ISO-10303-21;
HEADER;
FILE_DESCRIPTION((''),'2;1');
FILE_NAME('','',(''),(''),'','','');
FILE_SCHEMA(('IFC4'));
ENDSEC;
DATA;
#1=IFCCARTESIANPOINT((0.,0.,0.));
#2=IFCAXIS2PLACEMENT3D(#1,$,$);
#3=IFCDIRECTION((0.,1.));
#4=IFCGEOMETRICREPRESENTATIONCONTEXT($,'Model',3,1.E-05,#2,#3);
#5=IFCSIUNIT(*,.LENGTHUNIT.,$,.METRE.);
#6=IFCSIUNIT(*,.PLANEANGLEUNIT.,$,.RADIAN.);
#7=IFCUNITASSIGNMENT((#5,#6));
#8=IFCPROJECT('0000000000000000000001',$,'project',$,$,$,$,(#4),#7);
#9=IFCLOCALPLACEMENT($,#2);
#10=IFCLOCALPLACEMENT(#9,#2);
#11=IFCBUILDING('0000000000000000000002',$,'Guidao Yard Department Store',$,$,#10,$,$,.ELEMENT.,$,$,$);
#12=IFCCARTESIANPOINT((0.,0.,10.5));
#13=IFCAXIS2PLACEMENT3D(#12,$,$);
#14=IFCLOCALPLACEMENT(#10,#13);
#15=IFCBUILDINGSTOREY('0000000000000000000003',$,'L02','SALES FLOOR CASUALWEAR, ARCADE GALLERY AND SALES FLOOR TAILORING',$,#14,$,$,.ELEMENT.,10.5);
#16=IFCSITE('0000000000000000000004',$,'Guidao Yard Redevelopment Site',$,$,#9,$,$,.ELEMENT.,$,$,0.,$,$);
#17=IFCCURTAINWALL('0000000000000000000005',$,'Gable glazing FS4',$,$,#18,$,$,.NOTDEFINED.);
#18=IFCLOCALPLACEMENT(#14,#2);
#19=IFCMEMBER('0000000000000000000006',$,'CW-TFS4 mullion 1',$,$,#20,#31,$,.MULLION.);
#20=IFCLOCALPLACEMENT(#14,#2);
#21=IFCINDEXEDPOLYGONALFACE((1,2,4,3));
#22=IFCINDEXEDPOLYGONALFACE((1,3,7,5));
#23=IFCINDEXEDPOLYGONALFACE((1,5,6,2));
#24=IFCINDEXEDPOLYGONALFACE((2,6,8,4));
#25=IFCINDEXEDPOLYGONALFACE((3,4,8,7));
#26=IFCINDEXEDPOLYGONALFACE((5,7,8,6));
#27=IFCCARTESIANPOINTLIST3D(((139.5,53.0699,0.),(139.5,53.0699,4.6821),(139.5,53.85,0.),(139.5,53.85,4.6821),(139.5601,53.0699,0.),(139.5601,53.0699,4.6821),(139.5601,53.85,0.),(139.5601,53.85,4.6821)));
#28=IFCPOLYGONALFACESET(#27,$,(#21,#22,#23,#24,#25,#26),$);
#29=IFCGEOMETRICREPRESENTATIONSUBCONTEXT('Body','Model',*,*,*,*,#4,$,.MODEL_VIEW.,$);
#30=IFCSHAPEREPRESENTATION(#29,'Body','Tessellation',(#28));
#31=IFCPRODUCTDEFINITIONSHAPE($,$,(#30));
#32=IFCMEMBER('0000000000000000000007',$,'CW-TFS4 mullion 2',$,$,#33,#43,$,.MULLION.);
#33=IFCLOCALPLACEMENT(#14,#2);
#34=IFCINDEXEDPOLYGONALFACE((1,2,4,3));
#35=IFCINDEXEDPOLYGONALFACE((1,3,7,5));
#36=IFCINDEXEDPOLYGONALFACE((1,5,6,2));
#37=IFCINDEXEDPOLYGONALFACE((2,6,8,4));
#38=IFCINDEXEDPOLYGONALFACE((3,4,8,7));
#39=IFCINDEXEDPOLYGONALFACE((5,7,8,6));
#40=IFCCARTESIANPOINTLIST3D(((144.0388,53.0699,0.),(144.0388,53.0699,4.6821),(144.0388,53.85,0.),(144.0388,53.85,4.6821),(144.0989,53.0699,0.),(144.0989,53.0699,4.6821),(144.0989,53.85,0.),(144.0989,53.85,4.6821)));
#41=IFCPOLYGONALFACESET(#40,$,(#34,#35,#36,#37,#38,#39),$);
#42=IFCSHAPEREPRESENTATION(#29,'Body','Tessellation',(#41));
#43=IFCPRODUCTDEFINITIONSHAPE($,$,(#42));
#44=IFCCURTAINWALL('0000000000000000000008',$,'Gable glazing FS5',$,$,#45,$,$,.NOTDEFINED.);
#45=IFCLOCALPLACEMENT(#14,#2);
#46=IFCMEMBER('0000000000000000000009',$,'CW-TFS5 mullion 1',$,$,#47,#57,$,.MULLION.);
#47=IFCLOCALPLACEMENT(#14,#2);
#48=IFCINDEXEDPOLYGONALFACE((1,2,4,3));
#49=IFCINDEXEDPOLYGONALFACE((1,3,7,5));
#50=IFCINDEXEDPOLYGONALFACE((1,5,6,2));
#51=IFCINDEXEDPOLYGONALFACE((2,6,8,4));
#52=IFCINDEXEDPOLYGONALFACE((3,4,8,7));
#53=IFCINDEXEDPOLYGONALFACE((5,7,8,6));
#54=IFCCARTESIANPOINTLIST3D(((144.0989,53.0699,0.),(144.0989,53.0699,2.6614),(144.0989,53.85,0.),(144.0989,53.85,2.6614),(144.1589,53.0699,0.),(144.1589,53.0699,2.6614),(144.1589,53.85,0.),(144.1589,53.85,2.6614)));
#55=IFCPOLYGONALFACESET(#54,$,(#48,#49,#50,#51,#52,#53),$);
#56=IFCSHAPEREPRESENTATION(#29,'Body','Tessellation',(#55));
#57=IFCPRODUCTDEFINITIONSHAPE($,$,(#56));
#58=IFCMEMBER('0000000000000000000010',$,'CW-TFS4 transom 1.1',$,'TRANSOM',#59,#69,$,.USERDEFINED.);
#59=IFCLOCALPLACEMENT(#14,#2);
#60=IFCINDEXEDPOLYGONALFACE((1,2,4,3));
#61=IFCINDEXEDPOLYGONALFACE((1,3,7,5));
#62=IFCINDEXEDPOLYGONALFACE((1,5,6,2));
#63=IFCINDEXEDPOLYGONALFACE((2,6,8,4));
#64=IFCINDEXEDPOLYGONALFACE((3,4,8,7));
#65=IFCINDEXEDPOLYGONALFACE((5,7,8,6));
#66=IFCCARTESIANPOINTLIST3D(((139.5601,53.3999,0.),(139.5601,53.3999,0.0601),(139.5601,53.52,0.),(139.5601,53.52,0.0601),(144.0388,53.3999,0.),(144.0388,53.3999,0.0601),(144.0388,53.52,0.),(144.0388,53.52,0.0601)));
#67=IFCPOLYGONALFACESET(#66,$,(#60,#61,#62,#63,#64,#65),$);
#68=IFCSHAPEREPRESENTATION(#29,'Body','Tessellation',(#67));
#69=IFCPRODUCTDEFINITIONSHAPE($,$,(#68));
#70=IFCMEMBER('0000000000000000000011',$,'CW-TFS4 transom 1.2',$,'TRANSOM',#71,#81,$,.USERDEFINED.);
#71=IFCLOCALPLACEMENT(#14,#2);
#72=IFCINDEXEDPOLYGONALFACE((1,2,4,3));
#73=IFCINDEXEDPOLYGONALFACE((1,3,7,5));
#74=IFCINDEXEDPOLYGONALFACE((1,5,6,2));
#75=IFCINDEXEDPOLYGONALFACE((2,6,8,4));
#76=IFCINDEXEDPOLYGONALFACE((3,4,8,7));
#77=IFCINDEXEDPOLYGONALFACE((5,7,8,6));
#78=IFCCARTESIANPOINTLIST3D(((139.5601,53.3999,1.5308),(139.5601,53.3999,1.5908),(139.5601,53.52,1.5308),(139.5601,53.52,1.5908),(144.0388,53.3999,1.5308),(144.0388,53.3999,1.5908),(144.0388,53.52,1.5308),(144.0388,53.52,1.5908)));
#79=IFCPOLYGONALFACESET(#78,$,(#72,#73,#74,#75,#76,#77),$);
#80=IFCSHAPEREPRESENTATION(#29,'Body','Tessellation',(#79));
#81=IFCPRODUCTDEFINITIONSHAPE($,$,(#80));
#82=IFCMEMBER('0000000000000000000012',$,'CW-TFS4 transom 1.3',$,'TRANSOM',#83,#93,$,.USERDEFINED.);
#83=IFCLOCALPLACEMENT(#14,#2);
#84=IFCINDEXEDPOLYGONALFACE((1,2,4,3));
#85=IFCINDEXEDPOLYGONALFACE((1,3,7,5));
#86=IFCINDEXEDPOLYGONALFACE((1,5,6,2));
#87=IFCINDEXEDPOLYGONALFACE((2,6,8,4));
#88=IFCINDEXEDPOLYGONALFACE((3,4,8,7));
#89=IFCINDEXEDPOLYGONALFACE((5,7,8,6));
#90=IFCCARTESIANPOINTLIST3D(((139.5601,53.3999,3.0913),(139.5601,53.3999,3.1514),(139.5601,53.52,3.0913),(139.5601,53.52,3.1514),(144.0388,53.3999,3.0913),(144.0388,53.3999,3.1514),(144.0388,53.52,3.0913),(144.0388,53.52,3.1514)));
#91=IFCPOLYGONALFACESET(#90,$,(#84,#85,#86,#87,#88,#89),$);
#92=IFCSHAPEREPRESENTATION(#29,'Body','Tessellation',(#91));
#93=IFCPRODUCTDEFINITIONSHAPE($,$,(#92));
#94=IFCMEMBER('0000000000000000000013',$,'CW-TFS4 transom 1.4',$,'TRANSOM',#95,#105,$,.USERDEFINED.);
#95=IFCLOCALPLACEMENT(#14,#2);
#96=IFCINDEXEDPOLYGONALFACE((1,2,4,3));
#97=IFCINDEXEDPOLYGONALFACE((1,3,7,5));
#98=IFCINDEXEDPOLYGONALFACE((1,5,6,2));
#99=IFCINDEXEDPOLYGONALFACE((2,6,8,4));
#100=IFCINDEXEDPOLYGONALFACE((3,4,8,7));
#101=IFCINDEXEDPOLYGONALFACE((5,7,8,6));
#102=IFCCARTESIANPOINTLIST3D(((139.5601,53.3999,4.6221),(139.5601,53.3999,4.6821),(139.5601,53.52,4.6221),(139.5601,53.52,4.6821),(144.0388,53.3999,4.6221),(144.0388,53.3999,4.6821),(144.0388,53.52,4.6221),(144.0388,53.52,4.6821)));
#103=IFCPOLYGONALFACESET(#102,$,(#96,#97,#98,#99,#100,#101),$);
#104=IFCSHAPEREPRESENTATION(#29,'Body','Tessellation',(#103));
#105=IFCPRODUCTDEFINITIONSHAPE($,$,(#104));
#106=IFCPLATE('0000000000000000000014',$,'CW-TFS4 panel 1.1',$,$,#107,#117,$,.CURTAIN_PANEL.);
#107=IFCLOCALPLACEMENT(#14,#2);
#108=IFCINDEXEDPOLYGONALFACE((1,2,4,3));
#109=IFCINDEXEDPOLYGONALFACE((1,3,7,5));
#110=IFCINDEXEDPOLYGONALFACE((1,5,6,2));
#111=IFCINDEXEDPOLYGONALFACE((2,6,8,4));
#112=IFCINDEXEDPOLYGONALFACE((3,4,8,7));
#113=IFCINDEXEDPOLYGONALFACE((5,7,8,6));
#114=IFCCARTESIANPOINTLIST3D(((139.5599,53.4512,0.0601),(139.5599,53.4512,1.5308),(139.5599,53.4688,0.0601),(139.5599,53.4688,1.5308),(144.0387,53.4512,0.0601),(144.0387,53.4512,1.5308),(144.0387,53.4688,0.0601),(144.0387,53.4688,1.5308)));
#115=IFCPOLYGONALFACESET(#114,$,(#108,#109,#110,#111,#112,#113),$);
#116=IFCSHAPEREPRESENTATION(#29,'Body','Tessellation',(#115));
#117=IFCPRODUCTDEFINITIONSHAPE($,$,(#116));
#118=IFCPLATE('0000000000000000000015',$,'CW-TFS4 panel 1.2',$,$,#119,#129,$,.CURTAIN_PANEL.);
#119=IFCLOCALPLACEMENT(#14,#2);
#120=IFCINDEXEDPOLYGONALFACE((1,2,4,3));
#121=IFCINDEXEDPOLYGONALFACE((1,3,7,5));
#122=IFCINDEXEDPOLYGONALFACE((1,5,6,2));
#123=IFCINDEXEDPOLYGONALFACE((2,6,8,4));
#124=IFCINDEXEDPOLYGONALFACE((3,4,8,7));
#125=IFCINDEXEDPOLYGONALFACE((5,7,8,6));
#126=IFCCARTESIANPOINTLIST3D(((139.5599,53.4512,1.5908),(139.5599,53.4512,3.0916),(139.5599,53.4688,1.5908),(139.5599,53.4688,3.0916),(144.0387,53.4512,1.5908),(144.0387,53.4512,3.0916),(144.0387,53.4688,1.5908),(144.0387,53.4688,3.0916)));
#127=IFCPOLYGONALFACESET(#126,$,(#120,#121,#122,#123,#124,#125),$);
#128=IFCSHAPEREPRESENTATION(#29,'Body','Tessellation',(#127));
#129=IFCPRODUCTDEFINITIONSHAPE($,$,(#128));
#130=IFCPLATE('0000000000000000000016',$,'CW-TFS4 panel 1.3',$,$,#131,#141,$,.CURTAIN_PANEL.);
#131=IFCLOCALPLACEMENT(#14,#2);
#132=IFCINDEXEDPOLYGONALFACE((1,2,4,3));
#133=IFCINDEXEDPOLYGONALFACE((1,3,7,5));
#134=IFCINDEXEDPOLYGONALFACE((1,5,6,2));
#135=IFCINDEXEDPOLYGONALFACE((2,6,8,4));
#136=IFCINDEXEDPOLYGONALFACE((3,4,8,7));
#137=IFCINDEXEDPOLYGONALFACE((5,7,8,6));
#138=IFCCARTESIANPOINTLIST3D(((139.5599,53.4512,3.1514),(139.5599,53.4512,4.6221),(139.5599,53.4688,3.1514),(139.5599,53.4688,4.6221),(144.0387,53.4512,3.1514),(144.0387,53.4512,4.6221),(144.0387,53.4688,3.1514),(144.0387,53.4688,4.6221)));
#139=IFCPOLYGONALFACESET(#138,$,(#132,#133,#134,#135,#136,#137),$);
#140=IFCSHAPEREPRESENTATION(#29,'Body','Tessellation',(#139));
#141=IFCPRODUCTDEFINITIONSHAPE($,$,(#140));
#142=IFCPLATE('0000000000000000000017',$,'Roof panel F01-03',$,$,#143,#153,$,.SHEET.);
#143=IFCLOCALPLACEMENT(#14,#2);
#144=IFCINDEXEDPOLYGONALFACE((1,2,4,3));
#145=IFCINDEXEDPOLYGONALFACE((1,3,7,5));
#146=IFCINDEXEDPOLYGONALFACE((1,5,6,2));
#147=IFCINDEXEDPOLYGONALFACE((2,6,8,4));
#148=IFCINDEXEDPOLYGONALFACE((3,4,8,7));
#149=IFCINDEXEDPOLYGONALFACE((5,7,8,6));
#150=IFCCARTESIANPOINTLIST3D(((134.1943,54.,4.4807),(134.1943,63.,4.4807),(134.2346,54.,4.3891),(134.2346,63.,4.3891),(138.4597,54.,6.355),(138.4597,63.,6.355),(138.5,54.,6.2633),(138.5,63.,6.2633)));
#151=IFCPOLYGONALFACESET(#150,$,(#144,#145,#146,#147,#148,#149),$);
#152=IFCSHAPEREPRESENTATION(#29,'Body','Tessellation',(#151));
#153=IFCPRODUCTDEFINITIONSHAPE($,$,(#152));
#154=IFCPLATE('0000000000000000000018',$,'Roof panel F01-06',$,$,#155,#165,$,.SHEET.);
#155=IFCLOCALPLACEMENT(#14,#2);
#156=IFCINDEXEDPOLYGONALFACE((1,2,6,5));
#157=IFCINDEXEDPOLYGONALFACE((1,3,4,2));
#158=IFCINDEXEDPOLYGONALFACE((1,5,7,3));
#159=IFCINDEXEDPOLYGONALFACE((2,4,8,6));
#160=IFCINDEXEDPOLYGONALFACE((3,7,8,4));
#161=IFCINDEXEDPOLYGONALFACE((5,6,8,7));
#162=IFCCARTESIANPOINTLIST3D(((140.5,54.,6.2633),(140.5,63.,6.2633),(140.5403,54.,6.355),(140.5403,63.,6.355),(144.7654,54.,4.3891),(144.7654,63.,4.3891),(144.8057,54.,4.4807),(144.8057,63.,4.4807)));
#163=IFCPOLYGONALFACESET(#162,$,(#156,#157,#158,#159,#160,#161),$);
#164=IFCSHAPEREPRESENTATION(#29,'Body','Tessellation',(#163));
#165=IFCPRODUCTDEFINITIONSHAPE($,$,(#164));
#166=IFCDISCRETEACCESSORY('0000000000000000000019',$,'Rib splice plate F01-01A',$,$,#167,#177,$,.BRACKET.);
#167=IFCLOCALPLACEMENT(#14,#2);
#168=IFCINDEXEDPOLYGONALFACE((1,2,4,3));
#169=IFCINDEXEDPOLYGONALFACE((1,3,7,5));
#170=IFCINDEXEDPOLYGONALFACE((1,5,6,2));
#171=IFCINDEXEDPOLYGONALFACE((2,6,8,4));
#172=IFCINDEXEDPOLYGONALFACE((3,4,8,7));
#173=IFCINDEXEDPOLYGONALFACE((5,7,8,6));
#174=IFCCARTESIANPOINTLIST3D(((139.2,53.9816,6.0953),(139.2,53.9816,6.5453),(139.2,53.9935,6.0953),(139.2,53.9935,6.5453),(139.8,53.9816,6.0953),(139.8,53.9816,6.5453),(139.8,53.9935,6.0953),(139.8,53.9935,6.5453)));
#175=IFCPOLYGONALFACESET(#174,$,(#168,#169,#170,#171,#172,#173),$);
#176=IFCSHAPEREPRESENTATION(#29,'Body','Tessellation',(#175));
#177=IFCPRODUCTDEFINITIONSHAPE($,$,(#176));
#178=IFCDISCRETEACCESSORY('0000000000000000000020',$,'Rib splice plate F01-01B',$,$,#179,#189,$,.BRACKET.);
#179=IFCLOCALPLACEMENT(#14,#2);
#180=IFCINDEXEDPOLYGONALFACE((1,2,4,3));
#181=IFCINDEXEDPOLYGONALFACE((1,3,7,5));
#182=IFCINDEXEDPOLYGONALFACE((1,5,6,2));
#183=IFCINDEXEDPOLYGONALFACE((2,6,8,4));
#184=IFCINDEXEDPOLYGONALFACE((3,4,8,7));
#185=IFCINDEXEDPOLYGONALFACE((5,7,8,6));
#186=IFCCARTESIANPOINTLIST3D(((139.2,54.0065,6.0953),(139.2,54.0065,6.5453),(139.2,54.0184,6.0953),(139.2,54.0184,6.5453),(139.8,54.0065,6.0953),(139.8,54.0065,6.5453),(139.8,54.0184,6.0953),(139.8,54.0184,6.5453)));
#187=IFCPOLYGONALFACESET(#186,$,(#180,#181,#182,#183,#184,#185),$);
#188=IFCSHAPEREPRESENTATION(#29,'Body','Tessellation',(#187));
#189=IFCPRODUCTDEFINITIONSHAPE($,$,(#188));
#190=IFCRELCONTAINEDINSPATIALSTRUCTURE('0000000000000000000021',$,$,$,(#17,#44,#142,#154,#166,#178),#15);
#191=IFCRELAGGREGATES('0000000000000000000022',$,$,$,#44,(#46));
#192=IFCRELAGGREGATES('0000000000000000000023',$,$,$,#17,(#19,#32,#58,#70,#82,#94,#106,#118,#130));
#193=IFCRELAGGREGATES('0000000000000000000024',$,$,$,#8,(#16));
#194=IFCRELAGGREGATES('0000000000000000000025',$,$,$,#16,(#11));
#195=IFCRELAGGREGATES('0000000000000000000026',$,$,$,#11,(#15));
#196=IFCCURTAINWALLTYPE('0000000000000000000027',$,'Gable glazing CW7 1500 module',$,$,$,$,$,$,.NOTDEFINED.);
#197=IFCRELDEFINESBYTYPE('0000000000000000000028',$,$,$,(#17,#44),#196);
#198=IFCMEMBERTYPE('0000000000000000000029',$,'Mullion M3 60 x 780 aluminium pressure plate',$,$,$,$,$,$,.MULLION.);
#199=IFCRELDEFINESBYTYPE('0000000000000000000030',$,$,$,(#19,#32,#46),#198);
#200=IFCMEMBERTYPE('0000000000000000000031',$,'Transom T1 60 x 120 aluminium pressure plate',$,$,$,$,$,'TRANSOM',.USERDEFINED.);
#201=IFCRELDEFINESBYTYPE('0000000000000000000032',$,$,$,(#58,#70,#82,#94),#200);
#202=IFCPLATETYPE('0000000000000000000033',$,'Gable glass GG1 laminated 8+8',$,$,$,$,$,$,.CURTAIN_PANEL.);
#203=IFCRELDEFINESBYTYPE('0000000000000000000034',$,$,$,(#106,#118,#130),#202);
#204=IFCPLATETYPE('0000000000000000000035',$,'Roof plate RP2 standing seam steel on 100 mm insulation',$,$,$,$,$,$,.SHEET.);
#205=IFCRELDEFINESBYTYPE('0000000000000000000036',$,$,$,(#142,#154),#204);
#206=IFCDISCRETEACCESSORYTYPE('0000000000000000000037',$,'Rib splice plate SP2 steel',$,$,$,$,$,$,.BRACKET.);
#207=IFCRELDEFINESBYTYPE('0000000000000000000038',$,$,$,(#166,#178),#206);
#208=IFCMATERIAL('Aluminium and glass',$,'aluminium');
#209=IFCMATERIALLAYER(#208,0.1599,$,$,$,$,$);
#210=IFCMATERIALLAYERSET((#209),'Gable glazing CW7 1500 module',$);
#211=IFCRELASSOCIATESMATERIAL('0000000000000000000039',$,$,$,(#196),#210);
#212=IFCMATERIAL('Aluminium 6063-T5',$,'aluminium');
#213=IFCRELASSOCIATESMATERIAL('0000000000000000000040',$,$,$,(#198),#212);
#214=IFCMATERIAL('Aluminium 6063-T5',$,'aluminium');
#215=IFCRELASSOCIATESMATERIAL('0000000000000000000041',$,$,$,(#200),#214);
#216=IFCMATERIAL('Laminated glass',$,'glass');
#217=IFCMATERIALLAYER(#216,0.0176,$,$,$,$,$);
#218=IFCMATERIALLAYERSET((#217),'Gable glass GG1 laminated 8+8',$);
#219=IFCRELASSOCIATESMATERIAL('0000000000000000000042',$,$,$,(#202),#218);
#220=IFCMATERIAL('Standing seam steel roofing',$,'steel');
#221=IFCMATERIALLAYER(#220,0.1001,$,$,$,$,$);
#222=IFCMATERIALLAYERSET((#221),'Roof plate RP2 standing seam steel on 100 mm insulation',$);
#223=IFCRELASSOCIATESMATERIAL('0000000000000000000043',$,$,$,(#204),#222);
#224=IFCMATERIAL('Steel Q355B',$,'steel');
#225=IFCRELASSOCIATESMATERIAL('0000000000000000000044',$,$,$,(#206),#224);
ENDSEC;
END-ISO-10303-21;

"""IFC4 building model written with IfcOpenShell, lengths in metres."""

from ifc_helpers import new_model, si_unit, direction, frame, origin, origin_2d, place, context, subcontext, project, spatial, polyline, rectangle, outline, extrude, material, layer, layer_set, material_profile, profile_set, type_object, element, aggregate, save


model = new_model("IFC4")

# Units and contexts
model_context = context("Model", 3, precision=1e-05, world=origin(), true_north=direction((0.0, 1.0)))
body_context = subcontext(model_context, "Body", "Model", "MODEL_VIEW")
ifc_project = project(units=[si_unit("LENGTHUNIT", "METRE"), si_unit("PLANEANGLEUNIT", "RADIAN")], contexts=[model_context])

# Site, building, storey
site_placement = place(None, origin())
site = spatial("IfcSite", under=ifc_project, at=site_placement, Name="Guidao Yard Redevelopment Site", CompositionType="ELEMENT", RefElevation=0.0)
building_placement = place(site_placement, origin())
building = spatial("IfcBuilding", under=site, at=building_placement, Name="Guidao Yard Department Store", CompositionType="ELEMENT")
storey_placement = place(building_placement, frame((0.0, 0.0, 10.5)))
storey = spatial("IfcBuildingStorey", under=building, at=storey_placement, Name="L02", Description="SALES FLOOR CASUALWEAR, ARCADE GALLERY AND SALES FLOOR TAILORING", CompositionType="ELEMENT", Elevation=10.5)

# Curtain wall, members
ifc_material_1 = material(Name="Aluminium and glass", Category="aluminium")
ifc_layer_1 = layer(ifc_material_1, 0.1599)
ifc_layer_set_1 = layer_set([ifc_layer_1], Name="Gable glazing CW7 1500 module")
curtain_wall_type = type_object("IfcCurtainWallType", Name="Gable glazing CW7 1500 module", PredefinedType="NOTDEFINED", material=ifc_layer_set_1)
curtain_wall_1_placement = place(storey_placement, origin())
curtain_wall_1 = element("IfcCurtainWall", 1, at=curtain_wall_1_placement, inside=storey, type_object=curtain_wall_type, Name="Gable glazing FS4", PredefinedType="NOTDEFINED")
ifc_material_2 = material(Name="Aluminium 6063-T5", Category="aluminium")
ifc_material_profile_1 = material_profile(ifc_material_2, rectangle(XDim=0.0601, YDim=0.78, at=origin_2d()), Name="Mullion M3 60 x 780 aluminium pressure plate")
ifc_profile_set_1 = profile_set([ifc_material_profile_1], Name="Aluminium 6063-T5")
member_type_1 = type_object("IfcMemberType", Name="Mullion M3 60 x 780 aluminium pressure plate", PredefinedType="MULLION", material=ifc_profile_set_1)
member_1_placement = place(storey_placement, frame((139.53, 53.46, 0.0), z_axis=(0.0, 0.0, 1.0), x_axis=(-1.0, 0.0, 0.0)))
member_1 = element("IfcMember", 2, at=member_1_placement, type_object=member_type_1, Name="CW-TFS4 mullion 1", PredefinedType="MULLION", context=body_context, shape_type="SweptSolid", body=[
    extrude(rectangle(XDim=0.0601, YDim=0.78, at=origin_2d()), origin(), (0.0, 0.0, 1.0), 4.6821),
])
member_2_placement = place(storey_placement, frame((144.0688, 53.46, 0.0), z_axis=(0.0, 0.0, 1.0), x_axis=(-1.0, 0.0, 0.0)))
member_2 = element("IfcMember", 3, at=member_2_placement, type_object=member_type_1, Name="CW-TFS4 mullion 2", PredefinedType="MULLION", context=body_context, shape_type="SweptSolid", body=[
    extrude(rectangle(XDim=0.0601, YDim=0.78, at=origin_2d()), origin(), (0.0, 0.0, 1.0), 4.6821),
])

# Curtain wall, member
curtain_wall_2_placement = place(storey_placement, origin())
curtain_wall_2 = element("IfcCurtainWall", 4, at=curtain_wall_2_placement, inside=storey, type_object=curtain_wall_type, Name="Gable glazing FS5", PredefinedType="NOTDEFINED")
member_3_placement = place(storey_placement, frame((144.1289, 53.46, 0.0), z_axis=(0.0, 0.0, 1.0), x_axis=(-1.0, 0.0, 0.0)))
member_3 = element("IfcMember", 5, at=member_3_placement, type_object=member_type_1, Name="CW-TFS5 mullion 1", PredefinedType="MULLION", context=body_context, shape_type="SweptSolid", body=[
    extrude(rectangle(XDim=0.0601, YDim=0.78, at=origin_2d()), origin(), (0.0, 0.0, 1.0), 2.6614),
])
aggregate(curtain_wall_2, [member_3])

# Members
ifc_material_3 = material(Name="Aluminium 6063-T5", Category="aluminium")
ifc_material_profile_2 = material_profile(ifc_material_3, rectangle(XDim=0.1201, YDim=0.0601, at=origin_2d()), Name="Transom T1 60 x 120 aluminium pressure plate")
ifc_profile_set_2 = profile_set([ifc_material_profile_2], Name="Aluminium 6063-T5")
member_type_2 = type_object("IfcMemberType", Name="Transom T1 60 x 120 aluminium pressure plate", ElementType="TRANSOM", PredefinedType="USERDEFINED", material=ifc_profile_set_2)
member_4_placement = place(storey_placement, frame((144.0388, 53.46, 0.03), z_axis=(-1.0, 0.0, 0.0), x_axis=(0.0, -1.0, 0.0)))
member_4 = element("IfcMember", 6, at=member_4_placement, type_object=member_type_2, Name="CW-TFS4 transom 1.1", ObjectType="TRANSOM", PredefinedType="USERDEFINED", context=body_context, shape_type="SweptSolid", body=[
    extrude(rectangle(XDim=0.1201, YDim=0.0601, at=origin_2d()), origin(), (0.0, 0.0, 1.0), 4.4788),
])
member_5_placement = place(storey_placement, frame((144.0388, 53.46, 1.5608), z_axis=(-1.0, 0.0, 0.0), x_axis=(0.0, -1.0, 0.0)))
member_5 = element("IfcMember", 7, at=member_5_placement, type_object=member_type_2, Name="CW-TFS4 transom 1.2", ObjectType="TRANSOM", PredefinedType="USERDEFINED", context=body_context, shape_type="SweptSolid", body=[
    extrude(rectangle(XDim=0.1201, YDim=0.0601, at=origin_2d()), origin(), (0.0, 0.0, 1.0), 4.4788),
])
member_6_placement = place(storey_placement, frame((144.0388, 53.46, 3.1213), z_axis=(-1.0, 0.0, 0.0), x_axis=(0.0, -1.0, 0.0)))
member_6 = element("IfcMember", 8, at=member_6_placement, type_object=member_type_2, Name="CW-TFS4 transom 1.3", ObjectType="TRANSOM", PredefinedType="USERDEFINED", context=body_context, shape_type="SweptSolid", body=[
    extrude(rectangle(XDim=0.1201, YDim=0.0601, at=origin_2d()), origin(), (0.0, 0.0, 1.0), 4.4788),
])
member_7_placement = place(storey_placement, frame((144.0388, 53.46, 4.6521), z_axis=(-1.0, 0.0, 0.0), x_axis=(0.0, -1.0, 0.0)))
member_7 = element("IfcMember", 9, at=member_7_placement, type_object=member_type_2, Name="CW-TFS4 transom 1.4", ObjectType="TRANSOM", PredefinedType="USERDEFINED", context=body_context, shape_type="SweptSolid", body=[
    extrude(rectangle(XDim=0.1201, YDim=0.0601, at=origin_2d()), origin(), (0.0, 0.0, 1.0), 4.4788),
])

# Plates
ifc_material_4 = material(Name="Laminated glass", Category="glass")
ifc_layer_2 = layer(ifc_material_4, 0.0176)
ifc_layer_set_2 = layer_set([ifc_layer_2], Name="Gable glass GG1 laminated 8+8")
plate_type_1 = type_object("IfcPlateType", Name="Gable glass GG1 laminated 8+8", PredefinedType="CURTAIN_PANEL", material=ifc_layer_set_2)
plate_1_placement = place(storey_placement, frame((141.7993, 53.46, 0.0601), z_axis=(0.0, 0.0, 1.0), x_axis=(-1.0, 0.0, 0.0)))
plate_1 = element("IfcPlate", 10, at=plate_1_placement, type_object=plate_type_1, Name="CW-TFS4 panel 1.1", PredefinedType="CURTAIN_PANEL", context=body_context, shape_type="SweptSolid", body=[
    extrude(rectangle(XDim=4.4788, YDim=0.0176, at=origin_2d()), origin(), (0.0, 0.0, 1.0), 1.4707),
])
plate_2_placement = place(storey_placement, frame((141.7993, 53.46, 1.5908), z_axis=(0.0, 0.0, 1.0), x_axis=(-1.0, 0.0, 0.0)))
plate_2 = element("IfcPlate", 11, at=plate_2_placement, type_object=plate_type_1, Name="CW-TFS4 panel 1.2", PredefinedType="CURTAIN_PANEL", context=body_context, shape_type="SweptSolid", body=[
    extrude(rectangle(XDim=4.4788, YDim=0.0176, at=origin_2d()), origin(), (0.0, 0.0, 1.0), 1.5007),
])
plate_3_placement = place(storey_placement, frame((141.7993, 53.46, 3.1514), z_axis=(0.0, 0.0, 1.0), x_axis=(-1.0, 0.0, 0.0)))
plate_3 = element("IfcPlate", 12, at=plate_3_placement, type_object=plate_type_1, Name="CW-TFS4 panel 1.3", PredefinedType="CURTAIN_PANEL", context=body_context, shape_type="SweptSolid", body=[
    extrude(rectangle(XDim=4.4788, YDim=0.0176, at=origin_2d()), origin(), (0.0, 0.0, 1.0), 1.4707),
])
aggregate(curtain_wall_1, [member_1, member_2, member_4, member_5, member_6, member_7, plate_1, plate_2, plate_3])

# Plates
ifc_material_5 = material(Name="Standing seam steel roofing", Category="steel")
ifc_layer_3 = layer(ifc_material_5, 0.1001)
ifc_layer_set_3 = layer_set([ifc_layer_3], Name="Roof plate RP2 standing seam steel on 100 mm insulation")
plate_type_2 = type_object("IfcPlateType", Name="Roof plate RP2 standing seam steel on 100 mm insulation", PredefinedType="SHEET", material=ifc_layer_set_3)
for number, where, z_axis, x_axis, name in (
    (13, (134.1943, 54.0, 4.4807), (-0.402289, 0.0, 0.915513), (0.915513, 0.0, 0.402289), "Roof panel F01-03"),
    (14, (140.5403, 54.0, 6.355), (0.402289, 0.0, 0.915513), (0.915513, 0.0, -0.402289), "Roof panel F01-06"),
):
    element("IfcPlate", number, at=place(storey_placement, frame(where, z_axis=z_axis, x_axis=x_axis)), inside=storey, type_object=plate_type_2, Name=name, PredefinedType="SHEET", context=body_context, shape_type="SweptSolid", body=[
        extrude(outline(polyline([(0.0, 0.0), (4.659, 0.0), (4.659, 9.0), (0.0, 9.0), (0.0, 0.0)])), origin(), (0.0, 0.0, -1.0), 0.1001),
    ])

# Discrete accessories
ifc_material_6 = material(Name="Steel Q355B", Category="steel")
ifc_material_profile_3 = material_profile(ifc_material_6, rectangle(XDim=0.012, YDim=0.45, at=origin_2d()), Name="Splice plate 450x12")
ifc_profile_set_3 = profile_set([ifc_material_profile_3], Name="Steel Q355B")
discrete_accessory_type_1 = type_object("IfcDiscreteAccessoryType", Name="Rib splice plate SP2 steel", PredefinedType="BRACKET", material=ifc_profile_set_3)
for number, where, z_axis, x_axis, name in (
    (15, (139.2, 53.9875, 6.3203), (1.0, 0.0, 0.0), (0.0, 1.0, 0.0), "Rib splice plate F01-01A"),
    (16, (139.2, 54.0125, 6.3203), (1.0, 0.0, 0.0), (0.0, 1.0, 0.0), "Rib splice plate F01-01B"),
):
    element("IfcDiscreteAccessory", number, at=place(storey_placement, frame(where, z_axis=z_axis, x_axis=x_axis)), inside=storey, type_object=discrete_accessory_type_1, Name=name, PredefinedType="BRACKET", context=body_context, shape_type="SweptSolid", body=[
        extrude(rectangle(XDim=0.012, YDim=0.45, at=origin_2d()), origin(), (0.0, 0.0, 1.0), 0.6001),
    ])

save(model, "model.ifc")
